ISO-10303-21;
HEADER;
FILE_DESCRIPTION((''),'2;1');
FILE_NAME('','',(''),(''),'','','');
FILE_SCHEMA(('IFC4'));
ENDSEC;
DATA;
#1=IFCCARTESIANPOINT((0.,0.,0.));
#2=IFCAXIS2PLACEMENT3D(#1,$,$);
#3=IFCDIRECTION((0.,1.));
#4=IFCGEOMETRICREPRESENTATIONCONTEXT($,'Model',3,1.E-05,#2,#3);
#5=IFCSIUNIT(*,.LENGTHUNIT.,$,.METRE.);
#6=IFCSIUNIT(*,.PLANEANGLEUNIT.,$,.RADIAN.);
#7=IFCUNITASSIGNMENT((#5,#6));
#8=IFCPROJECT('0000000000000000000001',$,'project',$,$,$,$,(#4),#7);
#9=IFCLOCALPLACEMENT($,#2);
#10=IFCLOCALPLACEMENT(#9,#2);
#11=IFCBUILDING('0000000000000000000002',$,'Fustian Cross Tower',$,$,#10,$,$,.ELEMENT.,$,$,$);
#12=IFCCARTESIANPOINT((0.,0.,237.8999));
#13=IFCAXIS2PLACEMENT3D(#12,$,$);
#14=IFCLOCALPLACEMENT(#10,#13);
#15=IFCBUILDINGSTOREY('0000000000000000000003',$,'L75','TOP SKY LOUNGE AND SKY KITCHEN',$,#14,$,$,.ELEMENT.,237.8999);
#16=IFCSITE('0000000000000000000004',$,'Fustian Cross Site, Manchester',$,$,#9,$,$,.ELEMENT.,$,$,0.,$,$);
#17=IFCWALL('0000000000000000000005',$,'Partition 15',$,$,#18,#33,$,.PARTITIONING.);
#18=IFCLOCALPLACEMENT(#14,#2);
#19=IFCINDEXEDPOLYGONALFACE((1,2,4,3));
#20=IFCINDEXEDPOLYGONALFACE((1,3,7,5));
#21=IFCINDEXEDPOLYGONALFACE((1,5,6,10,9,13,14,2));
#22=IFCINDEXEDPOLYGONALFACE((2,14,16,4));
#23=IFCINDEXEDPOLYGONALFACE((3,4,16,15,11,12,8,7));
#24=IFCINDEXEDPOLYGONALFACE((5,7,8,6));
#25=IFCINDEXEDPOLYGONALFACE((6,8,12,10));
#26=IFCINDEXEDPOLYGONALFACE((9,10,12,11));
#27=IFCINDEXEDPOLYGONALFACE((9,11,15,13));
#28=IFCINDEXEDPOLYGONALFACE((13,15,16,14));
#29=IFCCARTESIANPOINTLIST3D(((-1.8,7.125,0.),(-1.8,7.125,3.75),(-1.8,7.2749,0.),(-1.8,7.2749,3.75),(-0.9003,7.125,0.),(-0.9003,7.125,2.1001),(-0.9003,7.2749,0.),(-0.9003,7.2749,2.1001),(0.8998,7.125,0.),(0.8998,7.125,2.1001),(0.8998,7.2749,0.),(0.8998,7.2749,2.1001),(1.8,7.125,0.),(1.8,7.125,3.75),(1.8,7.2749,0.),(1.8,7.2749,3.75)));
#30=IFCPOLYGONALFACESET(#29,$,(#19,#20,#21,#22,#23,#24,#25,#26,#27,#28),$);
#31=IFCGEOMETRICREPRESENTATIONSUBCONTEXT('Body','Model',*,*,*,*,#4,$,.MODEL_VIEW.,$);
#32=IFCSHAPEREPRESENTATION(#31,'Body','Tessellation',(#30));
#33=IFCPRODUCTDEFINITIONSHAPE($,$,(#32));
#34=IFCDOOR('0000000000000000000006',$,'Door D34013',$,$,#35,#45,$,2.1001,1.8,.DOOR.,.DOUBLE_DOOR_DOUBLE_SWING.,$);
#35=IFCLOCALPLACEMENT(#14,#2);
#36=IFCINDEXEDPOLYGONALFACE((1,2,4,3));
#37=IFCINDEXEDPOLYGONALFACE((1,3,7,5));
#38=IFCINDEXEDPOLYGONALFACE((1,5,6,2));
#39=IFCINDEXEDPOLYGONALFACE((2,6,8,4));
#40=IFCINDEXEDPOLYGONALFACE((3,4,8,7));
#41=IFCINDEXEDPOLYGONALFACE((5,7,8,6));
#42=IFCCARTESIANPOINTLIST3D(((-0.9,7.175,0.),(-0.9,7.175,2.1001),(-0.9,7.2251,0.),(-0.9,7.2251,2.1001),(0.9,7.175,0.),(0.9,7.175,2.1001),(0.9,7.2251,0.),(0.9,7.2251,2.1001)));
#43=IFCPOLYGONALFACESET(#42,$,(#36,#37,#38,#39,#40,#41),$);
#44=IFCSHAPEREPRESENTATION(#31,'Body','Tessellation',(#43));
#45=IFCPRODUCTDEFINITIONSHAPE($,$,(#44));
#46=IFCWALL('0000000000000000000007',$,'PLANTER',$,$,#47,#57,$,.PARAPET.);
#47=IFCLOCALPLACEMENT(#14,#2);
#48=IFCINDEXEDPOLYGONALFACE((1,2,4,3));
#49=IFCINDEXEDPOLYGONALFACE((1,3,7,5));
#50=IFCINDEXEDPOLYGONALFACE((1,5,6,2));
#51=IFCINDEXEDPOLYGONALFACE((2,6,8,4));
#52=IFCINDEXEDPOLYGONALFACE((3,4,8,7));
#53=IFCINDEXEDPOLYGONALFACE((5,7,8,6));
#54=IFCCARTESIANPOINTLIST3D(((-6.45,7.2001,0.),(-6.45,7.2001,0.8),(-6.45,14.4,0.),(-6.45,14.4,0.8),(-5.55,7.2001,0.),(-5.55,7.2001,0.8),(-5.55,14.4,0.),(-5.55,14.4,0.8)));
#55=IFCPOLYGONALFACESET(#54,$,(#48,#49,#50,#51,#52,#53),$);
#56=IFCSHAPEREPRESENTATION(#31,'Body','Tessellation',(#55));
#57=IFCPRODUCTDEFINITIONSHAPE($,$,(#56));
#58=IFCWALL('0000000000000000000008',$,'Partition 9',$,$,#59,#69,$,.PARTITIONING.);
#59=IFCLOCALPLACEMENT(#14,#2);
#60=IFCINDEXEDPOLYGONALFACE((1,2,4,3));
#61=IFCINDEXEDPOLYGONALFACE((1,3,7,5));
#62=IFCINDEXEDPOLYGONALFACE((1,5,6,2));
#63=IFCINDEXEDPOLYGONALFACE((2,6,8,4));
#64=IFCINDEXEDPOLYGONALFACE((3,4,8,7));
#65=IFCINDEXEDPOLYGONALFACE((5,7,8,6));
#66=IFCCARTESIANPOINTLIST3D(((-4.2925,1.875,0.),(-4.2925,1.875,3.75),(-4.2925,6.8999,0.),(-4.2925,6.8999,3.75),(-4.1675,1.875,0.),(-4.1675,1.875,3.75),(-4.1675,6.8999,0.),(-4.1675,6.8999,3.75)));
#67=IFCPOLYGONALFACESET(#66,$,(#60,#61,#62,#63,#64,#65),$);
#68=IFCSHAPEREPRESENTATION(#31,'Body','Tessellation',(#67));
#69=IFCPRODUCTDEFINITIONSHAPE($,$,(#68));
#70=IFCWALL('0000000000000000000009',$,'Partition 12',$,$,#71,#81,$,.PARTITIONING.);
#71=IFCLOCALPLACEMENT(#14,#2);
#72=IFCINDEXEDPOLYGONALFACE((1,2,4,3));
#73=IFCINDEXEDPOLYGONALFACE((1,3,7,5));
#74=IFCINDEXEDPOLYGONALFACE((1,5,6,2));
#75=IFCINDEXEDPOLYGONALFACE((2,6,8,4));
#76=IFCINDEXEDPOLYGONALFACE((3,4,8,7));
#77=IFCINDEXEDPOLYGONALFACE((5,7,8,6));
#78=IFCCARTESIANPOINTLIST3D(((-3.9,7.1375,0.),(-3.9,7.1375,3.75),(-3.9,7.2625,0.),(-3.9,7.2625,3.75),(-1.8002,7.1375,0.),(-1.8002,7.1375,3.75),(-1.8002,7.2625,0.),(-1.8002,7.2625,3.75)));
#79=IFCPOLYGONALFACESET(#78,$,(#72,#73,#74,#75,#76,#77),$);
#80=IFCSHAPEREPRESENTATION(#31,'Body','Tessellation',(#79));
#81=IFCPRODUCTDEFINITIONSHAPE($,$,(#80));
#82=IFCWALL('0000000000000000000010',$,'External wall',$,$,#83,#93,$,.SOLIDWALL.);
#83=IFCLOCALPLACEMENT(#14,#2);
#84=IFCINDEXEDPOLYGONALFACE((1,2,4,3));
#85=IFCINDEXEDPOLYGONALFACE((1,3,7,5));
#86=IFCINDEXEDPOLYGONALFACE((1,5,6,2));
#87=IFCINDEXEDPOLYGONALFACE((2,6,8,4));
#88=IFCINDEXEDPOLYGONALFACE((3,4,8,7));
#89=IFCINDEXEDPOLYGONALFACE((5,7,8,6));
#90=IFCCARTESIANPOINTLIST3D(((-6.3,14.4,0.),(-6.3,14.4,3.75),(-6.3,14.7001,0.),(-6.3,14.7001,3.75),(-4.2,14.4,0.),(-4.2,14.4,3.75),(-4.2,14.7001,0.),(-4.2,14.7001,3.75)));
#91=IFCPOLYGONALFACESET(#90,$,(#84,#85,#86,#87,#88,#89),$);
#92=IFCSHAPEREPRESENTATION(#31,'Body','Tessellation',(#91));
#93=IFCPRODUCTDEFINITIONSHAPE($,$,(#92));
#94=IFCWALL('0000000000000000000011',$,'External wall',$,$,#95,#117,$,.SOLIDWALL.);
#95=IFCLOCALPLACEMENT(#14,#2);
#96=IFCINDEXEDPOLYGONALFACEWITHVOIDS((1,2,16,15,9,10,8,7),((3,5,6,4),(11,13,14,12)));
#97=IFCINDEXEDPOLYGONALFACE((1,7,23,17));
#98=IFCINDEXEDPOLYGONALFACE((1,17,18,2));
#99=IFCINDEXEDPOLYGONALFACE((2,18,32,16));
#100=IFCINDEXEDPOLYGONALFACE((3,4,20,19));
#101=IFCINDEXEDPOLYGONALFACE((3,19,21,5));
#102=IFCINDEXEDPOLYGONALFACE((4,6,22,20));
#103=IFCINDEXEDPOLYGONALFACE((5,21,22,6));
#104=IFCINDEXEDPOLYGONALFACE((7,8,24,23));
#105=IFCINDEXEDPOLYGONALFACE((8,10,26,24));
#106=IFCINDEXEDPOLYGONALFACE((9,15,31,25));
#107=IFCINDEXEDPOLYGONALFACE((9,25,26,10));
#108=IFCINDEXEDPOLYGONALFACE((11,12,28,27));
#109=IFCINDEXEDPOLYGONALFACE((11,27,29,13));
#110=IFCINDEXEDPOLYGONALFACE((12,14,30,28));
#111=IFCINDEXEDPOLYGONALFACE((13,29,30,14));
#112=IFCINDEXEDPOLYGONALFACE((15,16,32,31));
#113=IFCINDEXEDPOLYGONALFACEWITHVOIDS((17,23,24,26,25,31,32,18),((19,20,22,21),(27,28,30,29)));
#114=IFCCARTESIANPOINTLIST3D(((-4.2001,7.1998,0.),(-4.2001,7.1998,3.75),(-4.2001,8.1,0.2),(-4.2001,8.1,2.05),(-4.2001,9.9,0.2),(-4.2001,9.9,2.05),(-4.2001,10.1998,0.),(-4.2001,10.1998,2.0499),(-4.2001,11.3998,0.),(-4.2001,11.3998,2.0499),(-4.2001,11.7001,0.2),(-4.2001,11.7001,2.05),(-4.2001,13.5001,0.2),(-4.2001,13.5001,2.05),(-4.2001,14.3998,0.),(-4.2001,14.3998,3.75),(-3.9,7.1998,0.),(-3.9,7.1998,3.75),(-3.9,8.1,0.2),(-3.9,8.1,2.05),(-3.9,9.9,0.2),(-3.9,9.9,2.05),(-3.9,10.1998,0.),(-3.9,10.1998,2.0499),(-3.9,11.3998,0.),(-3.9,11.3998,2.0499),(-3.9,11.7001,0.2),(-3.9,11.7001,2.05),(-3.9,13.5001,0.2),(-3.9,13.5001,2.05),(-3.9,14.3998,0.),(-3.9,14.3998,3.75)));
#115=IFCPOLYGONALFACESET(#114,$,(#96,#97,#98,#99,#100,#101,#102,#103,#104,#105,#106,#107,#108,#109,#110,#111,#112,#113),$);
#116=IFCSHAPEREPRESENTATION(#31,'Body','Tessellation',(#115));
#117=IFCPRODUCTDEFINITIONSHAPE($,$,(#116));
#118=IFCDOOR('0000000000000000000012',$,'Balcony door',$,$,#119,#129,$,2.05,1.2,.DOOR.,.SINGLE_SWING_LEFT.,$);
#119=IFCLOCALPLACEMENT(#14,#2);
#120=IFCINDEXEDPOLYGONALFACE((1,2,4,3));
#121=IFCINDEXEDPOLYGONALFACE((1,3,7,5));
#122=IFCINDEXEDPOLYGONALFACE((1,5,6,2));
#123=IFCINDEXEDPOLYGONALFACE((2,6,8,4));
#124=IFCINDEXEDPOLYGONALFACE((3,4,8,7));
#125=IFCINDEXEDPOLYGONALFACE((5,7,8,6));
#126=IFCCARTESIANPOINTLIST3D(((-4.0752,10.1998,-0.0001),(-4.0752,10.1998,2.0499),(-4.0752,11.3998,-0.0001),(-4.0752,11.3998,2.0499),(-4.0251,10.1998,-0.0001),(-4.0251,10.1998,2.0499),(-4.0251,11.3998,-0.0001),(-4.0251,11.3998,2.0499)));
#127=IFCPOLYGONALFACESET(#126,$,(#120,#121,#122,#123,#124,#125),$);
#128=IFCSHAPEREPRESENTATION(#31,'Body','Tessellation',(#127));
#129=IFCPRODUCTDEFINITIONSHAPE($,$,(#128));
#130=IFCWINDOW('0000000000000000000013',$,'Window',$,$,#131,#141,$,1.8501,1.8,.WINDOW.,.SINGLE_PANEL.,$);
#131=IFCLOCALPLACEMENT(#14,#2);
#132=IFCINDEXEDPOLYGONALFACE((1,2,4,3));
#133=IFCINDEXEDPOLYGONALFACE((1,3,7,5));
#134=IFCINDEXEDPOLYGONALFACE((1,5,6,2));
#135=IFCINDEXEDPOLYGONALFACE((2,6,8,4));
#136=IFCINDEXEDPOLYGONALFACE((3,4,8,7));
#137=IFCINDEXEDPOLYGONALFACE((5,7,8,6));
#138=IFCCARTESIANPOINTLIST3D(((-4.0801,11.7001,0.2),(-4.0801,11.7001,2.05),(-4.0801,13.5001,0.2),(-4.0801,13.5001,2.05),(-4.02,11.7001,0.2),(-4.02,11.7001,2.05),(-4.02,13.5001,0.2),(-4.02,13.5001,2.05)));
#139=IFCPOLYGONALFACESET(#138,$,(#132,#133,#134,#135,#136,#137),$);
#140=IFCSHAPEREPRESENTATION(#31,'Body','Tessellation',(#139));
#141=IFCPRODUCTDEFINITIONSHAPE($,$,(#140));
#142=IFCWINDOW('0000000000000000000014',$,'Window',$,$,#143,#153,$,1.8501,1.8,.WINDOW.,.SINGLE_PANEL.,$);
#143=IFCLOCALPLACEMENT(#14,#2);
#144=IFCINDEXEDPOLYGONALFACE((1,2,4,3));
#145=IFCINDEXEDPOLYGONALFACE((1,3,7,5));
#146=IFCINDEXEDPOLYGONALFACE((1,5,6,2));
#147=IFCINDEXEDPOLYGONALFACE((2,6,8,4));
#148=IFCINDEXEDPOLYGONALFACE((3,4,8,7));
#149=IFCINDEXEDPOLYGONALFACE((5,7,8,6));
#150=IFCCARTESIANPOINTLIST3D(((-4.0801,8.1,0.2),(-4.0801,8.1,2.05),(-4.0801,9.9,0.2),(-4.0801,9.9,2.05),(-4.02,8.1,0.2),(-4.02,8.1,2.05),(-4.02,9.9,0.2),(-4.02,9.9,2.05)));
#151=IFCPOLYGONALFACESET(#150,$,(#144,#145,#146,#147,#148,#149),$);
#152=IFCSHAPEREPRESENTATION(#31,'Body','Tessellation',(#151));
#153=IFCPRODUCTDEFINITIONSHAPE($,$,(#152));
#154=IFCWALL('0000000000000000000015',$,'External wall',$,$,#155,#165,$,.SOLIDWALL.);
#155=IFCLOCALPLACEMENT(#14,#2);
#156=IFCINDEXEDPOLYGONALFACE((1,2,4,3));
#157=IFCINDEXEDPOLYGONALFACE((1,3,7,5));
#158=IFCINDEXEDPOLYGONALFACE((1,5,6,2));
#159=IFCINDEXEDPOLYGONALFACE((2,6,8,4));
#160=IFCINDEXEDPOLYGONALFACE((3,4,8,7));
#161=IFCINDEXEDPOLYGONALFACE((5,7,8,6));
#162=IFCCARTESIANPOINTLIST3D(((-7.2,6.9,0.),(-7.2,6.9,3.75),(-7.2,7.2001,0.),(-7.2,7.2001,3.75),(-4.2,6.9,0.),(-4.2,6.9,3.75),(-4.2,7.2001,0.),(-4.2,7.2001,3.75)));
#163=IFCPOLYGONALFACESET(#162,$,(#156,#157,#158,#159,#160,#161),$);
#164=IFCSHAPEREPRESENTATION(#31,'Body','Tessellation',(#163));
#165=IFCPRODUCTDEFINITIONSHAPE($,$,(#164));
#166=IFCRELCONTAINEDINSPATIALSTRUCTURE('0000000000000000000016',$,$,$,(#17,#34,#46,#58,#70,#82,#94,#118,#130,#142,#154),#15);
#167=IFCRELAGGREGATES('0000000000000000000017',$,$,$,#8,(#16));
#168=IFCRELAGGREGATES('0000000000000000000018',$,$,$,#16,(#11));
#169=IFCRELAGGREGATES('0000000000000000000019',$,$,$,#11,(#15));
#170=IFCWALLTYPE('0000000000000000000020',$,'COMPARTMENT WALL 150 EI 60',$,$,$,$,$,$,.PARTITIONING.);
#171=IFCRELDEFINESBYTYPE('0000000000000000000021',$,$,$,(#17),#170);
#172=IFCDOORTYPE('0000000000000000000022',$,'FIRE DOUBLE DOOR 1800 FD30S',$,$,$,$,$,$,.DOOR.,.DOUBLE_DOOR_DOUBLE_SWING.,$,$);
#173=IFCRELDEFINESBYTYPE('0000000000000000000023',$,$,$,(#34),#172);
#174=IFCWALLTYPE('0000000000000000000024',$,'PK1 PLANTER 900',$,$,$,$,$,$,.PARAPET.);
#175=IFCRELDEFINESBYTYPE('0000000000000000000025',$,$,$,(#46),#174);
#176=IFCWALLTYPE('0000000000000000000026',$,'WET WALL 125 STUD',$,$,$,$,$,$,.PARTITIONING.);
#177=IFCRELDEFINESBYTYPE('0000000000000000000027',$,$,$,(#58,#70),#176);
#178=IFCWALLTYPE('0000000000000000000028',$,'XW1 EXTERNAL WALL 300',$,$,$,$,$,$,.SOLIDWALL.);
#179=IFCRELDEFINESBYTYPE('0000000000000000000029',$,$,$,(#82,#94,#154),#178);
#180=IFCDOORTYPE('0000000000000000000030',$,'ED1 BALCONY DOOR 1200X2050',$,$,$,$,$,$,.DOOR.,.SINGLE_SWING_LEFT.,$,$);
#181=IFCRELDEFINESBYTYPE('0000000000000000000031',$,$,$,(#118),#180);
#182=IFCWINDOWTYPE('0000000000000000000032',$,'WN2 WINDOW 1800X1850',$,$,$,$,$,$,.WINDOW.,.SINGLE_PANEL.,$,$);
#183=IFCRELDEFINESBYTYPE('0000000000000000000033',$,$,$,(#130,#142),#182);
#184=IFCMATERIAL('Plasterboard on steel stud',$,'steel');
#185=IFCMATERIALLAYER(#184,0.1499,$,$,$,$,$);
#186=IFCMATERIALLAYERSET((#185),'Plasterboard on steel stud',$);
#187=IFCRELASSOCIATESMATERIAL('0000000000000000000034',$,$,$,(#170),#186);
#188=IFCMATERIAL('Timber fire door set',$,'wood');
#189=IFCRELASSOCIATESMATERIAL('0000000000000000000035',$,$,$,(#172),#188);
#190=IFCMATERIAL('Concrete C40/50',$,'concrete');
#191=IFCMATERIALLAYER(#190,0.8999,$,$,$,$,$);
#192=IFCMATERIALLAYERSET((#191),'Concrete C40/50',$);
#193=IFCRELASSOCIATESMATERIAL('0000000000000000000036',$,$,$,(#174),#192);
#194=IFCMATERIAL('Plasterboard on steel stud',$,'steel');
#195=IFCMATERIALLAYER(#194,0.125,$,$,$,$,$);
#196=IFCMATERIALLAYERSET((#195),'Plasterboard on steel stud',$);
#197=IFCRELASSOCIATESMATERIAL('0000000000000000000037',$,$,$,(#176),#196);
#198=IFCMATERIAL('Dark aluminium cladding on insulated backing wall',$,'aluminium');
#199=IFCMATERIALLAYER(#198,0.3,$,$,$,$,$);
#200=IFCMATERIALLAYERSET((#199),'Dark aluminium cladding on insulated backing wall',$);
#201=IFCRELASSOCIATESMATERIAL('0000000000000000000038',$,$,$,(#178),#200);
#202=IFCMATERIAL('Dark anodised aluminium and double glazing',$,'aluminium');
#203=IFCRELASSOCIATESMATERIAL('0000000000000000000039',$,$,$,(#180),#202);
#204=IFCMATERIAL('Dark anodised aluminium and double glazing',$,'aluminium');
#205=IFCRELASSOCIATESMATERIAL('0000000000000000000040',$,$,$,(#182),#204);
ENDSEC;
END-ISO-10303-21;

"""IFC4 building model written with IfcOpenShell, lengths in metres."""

from ifc_helpers import new_model, si_unit, direction, frame, frame_2d, origin, place, context, subcontext, project, spatial, rectangle, extrude, material, layer, layer_set, type_object, element, fill, save


model = new_model("IFC4")

# Units and contexts
model_context = context("Model", 3, precision=1e-05, world=origin(), true_north=direction((0.0, 1.0)))
body_context = subcontext(model_context, "Body", "Model", "MODEL_VIEW")
ifc_project = project(units=[si_unit("LENGTHUNIT", "METRE"), si_unit("PLANEANGLEUNIT", "RADIAN")], contexts=[model_context])

# Site, building, storey
site_placement = place(None, origin())
site = spatial("IfcSite", under=ifc_project, at=site_placement, Name="Fustian Cross Site, Manchester", CompositionType="ELEMENT", RefElevation=0.0)
building_placement = place(site_placement, origin())
building = spatial("IfcBuilding", under=site, at=building_placement, Name="Fustian Cross Tower", CompositionType="ELEMENT")
storey_placement = place(building_placement, frame((0.0, 0.0, 237.8999)))
storey = spatial("IfcBuildingStorey", under=building, at=storey_placement, Name="L75", Description="TOP SKY LOUNGE AND SKY KITCHEN", CompositionType="ELEMENT", Elevation=237.8999)

# Shared definitions
ifc_material_1 = material(Name="Plasterboard on steel stud", Category="steel")
ifc_layer_1 = layer(ifc_material_1, 0.1499)
ifc_layer_set_1 = layer_set([ifc_layer_1], Name="Plasterboard on steel stud")
wall_type_1 = type_object("IfcWallType", Name="COMPARTMENT WALL 150 EI 60", PredefinedType="PARTITIONING", material=ifc_layer_set_1)

# Wall, opening, door
wall_1_placement = place(storey_placement, frame((-1.8, 7.2, 0.0), z_axis=(0.0, 0.0, 1.0), x_axis=(1.0, 0.0, 0.0)))
wall_1 = element("IfcWall", 1, at=wall_1_placement, inside=storey, type_object=wall_type_1, Name="Partition 15", PredefinedType="PARTITIONING", context=body_context, shape_type="SweptSolid", body=[
    extrude(rectangle(XDim=3.6001, YDim=0.1499, at=frame_2d((1.8, 0.0))), origin(), (0.0, 0.0, 1.0), 3.75),
])
opening_1_placement = place(wall_1_placement, frame((0.8999, 0.0, 0.0)))
opening_1 = element("IfcOpeningElement", 2, at=opening_1_placement, cuts=wall_1, PredefinedType="OPENING", context=body_context, shape_type="SweptSolid", body=[
    extrude(rectangle(XDim=1.8, YDim=2.1001, at=frame_2d((0.8999, 1.05))), frame((0.0, 0.085, 0.0), z_axis=(0.0, -1.0, 0.0), x_axis=(1.0, 0.0, 0.0)), (0.0, 0.0, 1.0), 0.1699),
])
ifc_material_2 = material(Name="Timber fire door set", Category="wood")
door_type_1 = type_object("IfcDoorType", Name="FIRE DOUBLE DOOR 1800 FD30S", OperationType="DOUBLE_DOOR_DOUBLE_SWING", PredefinedType="DOOR", material=ifc_material_2)
door_1_placement = place(opening_1_placement, frame((1.8, 0.0, 0.0), z_axis=(0.0, 0.0, 1.0), x_axis=(-1.0, 0.0, 0.0)))
door_1 = element("IfcDoor", 3, at=door_1_placement, inside=storey, type_object=door_type_1, Name="Door D34013", OperationType="DOUBLE_DOOR_DOUBLE_SWING", OverallHeight=2.1001, OverallWidth=1.8, PredefinedType="DOOR", context=body_context, shape_type="SweptSolid", body=[
    extrude(rectangle(XDim=1.8, YDim=2.1001, at=frame_2d((0.8999, 1.05))), frame((0.0, 0.0249, 0.0), z_axis=(0.0, -1.0, 0.0), x_axis=(1.0, 0.0, 0.0)), (0.0, 0.0, 1.0), 0.05),
])
fill(opening_1, door_1)

# Walls
ifc_material_3 = material(Name="Concrete C40/50", Category="concrete")
ifc_layer_2 = layer(ifc_material_3, 0.8999)
ifc_layer_set_2 = layer_set([ifc_layer_2], Name="Concrete C40/50")
wall_type_2 = type_object("IfcWallType", Name="PK1 PLANTER 900", PredefinedType="PARAPET", material=ifc_layer_set_2)
wall_2_placement = place(storey_placement, frame((-6.0, 7.2, 0.0), z_axis=(0.0, 0.0, 1.0), x_axis=(0.0, 1.0, 0.0)))
element("IfcWall", 4, at=wall_2_placement, inside=storey, type_object=wall_type_2, Name="PLANTER", PredefinedType="PARAPET", context=body_context, shape_type="SweptSolid", body=[
    extrude(rectangle(XDim=7.2, YDim=0.8999, at=frame_2d((3.6001, 0.0))), origin(), (0.0, 0.0, 1.0), 0.8),
])
ifc_material_4 = material(Name="Plasterboard on steel stud", Category="steel")
ifc_layer_3 = layer(ifc_material_4, 0.125)
ifc_layer_set_3 = layer_set([ifc_layer_3], Name="Plasterboard on steel stud")
wall_type_3 = type_object("IfcWallType", Name="WET WALL 125 STUD", PredefinedType="PARTITIONING", material=ifc_layer_set_3)
wall_3_placement = place(storey_placement, frame((-4.23, 1.875, 0.0), z_axis=(0.0, 0.0, 1.0), x_axis=(0.0, 1.0, 0.0)))
element("IfcWall", 5, at=wall_3_placement, inside=storey, type_object=wall_type_3, Name="Partition 9", PredefinedType="PARTITIONING", context=body_context, shape_type="SweptSolid", body=[
    extrude(rectangle(XDim=5.0249, YDim=0.125, at=frame_2d((2.5125, 0.0))), origin(), (0.0, 0.0, 1.0), 3.75),
])
wall_4_placement = place(storey_placement, frame((-3.8999, 7.2, 0.0), z_axis=(0.0, 0.0, 1.0), x_axis=(1.0, 0.0, 0.0)))
element("IfcWall", 6, at=wall_4_placement, inside=storey, type_object=wall_type_3, Name="Partition 12", PredefinedType="PARTITIONING", context=body_context, shape_type="SweptSolid", body=[
    extrude(rectangle(XDim=2.0999, YDim=0.125, at=frame_2d((1.0498, 0.0))), origin(), (0.0, 0.0, 1.0), 3.75),
])
ifc_material_5 = material(Name="Dark aluminium cladding on insulated backing wall", Category="aluminium")
ifc_layer_4 = layer(ifc_material_5, 0.3)
ifc_layer_set_4 = layer_set([ifc_layer_4], Name="Dark aluminium cladding on insulated backing wall")
wall_type_4 = type_object("IfcWallType", Name="XW1 EXTERNAL WALL 300", PredefinedType="SOLIDWALL", material=ifc_layer_set_4)
wall_5_placement = place(storey_placement, frame((-6.3, 14.55, 0.0), z_axis=(0.0, 0.0, 1.0), x_axis=(1.0, 0.0, 0.0)))
element("IfcWall", 7, at=wall_5_placement, inside=storey, type_object=wall_type_4, Name="External wall", PredefinedType="SOLIDWALL", context=body_context, shape_type="SweptSolid", body=[
    extrude(rectangle(XDim=2.1001, YDim=0.3, at=frame_2d((1.05, 0.0))), origin(), (0.0, 0.0, 1.0), 3.75),
])

# Wall, openings, door, windows
wall_6_placement = place(storey_placement, frame((-4.05, 14.3999, 0.0), z_axis=(0.0, 0.0, 1.0), x_axis=(0.0, -1.0, 0.0)))
wall_6 = element("IfcWall", 8, at=wall_6_placement, inside=storey, type_object=wall_type_4, Name="External wall", PredefinedType="SOLIDWALL", context=body_context, shape_type="SweptSolid", body=[
    extrude(rectangle(XDim=7.2, YDim=0.3, at=frame_2d((3.6001, 0.0))), origin(), (0.0, 0.0, 1.0), 3.75),
])
opening_2_placement = place(wall_6_placement, frame((3.0, 0.0, 0.0)))
opening_2 = element("IfcOpeningElement", 9, at=opening_2_placement, cuts=wall_6, PredefinedType="OPENING", context=body_context, shape_type="SweptSolid", body=[
    extrude(rectangle(XDim=1.2, YDim=2.05, at=frame_2d((0.6001, 1.0249))), frame((0.0, 0.1599, 0.0), z_axis=(0.0, -1.0, 0.0), x_axis=(1.0, 0.0, 0.0)), (0.0, 0.0, 1.0), 0.3201),
])
opening_3_placement = place(wall_6_placement, frame((0.8999, 0.0, 0.2)))
opening_3 = element("IfcOpeningElement", 10, at=opening_3_placement, cuts=wall_6, PredefinedType="OPENING", context=body_context, shape_type="SweptSolid", body=[
    extrude(rectangle(XDim=1.8, YDim=1.8501, at=frame_2d((0.8999, 0.925))), frame((0.0, 0.1599, 0.0), z_axis=(0.0, -1.0, 0.0), x_axis=(1.0, 0.0, 0.0)), (0.0, 0.0, 1.0), 0.3201),
])
opening_4_placement = place(wall_6_placement, frame((4.5, 0.0, 0.2)))
opening_4 = element("IfcOpeningElement", 11, at=opening_4_placement, cuts=wall_6, PredefinedType="OPENING", context=body_context, shape_type="SweptSolid", body=[
    extrude(rectangle(XDim=1.8, YDim=1.8501, at=frame_2d((0.8999, 0.925))), frame((0.0, 0.1599, 0.0), z_axis=(0.0, -1.0, 0.0), x_axis=(1.0, 0.0, 0.0)), (0.0, 0.0, 1.0), 0.3201),
])
ifc_material_6 = material(Name="Dark anodised aluminium and double glazing", Category="aluminium")
door_type_2 = type_object("IfcDoorType", Name="ED1 BALCONY DOOR 1200X2050", OperationType="SINGLE_SWING_LEFT", PredefinedType="DOOR", material=ifc_material_6)
door_2_placement = place(opening_2_placement, origin())
door_2 = element("IfcDoor", 12, at=door_2_placement, inside=storey, type_object=door_type_2, Name="Balcony door", OperationType="SINGLE_SWING_LEFT", OverallHeight=2.05, OverallWidth=1.2, PredefinedType="DOOR", context=body_context, shape_type="SweptSolid", body=[
    extrude(rectangle(XDim=1.2, YDim=2.05, at=frame_2d((0.6001, 1.0249))), frame((0.0, 0.0249, 0.0), z_axis=(0.0, -1.0, 0.0), x_axis=(1.0, 0.0, 0.0)), (0.0, 0.0, 1.0), 0.05),
])
fill(opening_2, door_2)
ifc_material_7 = material(Name="Dark anodised aluminium and double glazing", Category="aluminium")
window_type = type_object("IfcWindowType", Name="WN2 WINDOW 1800X1850", PartitioningType="SINGLE_PANEL", PredefinedType="WINDOW", material=ifc_material_7)
window_1_placement = place(opening_3_placement, origin())
window_1 = element("IfcWindow", 13, at=window_1_placement, inside=storey, type_object=window_type, Name="Window", OverallHeight=1.8501, OverallWidth=1.8, PartitioningType="SINGLE_PANEL", PredefinedType="WINDOW", context=body_context, shape_type="SweptSolid", body=[
    extrude(rectangle(XDim=1.8, YDim=1.8501, at=frame_2d((0.8999, 0.925))), frame((0.0, 0.03, 0.0), z_axis=(0.0, -1.0, 0.0), x_axis=(1.0, 0.0, 0.0)), (0.0, 0.0, 1.0), 0.0601),
])
fill(opening_3, window_1)
window_2_placement = place(opening_4_placement, origin())
window_2 = element("IfcWindow", 14, at=window_2_placement, inside=storey, type_object=window_type, Name="Window", OverallHeight=1.8501, OverallWidth=1.8, PartitioningType="SINGLE_PANEL", PredefinedType="WINDOW", context=body_context, shape_type="SweptSolid", body=[
    extrude(rectangle(XDim=1.8, YDim=1.8501, at=frame_2d((0.8999, 0.925))), frame((0.0, 0.03, 0.0), z_axis=(0.0, -1.0, 0.0), x_axis=(1.0, 0.0, 0.0)), (0.0, 0.0, 1.0), 0.0601),
])
fill(opening_4, window_2)

# Wall
wall_7_placement = place(storey_placement, frame((-4.2, 7.05, 0.0), z_axis=(0.0, 0.0, 1.0), x_axis=(-1.0, 0.0, 0.0)))
element("IfcWall", 15, at=wall_7_placement, inside=storey, type_object=wall_type_4, Name="External wall", PredefinedType="SOLIDWALL", context=body_context, shape_type="SweptSolid", body=[
    extrude(rectangle(XDim=3.0, YDim=0.3, at=frame_2d((1.5, 0.0))), origin(), (0.0, 0.0, 1.0), 3.75),
])

save(model, "model.ifc")
